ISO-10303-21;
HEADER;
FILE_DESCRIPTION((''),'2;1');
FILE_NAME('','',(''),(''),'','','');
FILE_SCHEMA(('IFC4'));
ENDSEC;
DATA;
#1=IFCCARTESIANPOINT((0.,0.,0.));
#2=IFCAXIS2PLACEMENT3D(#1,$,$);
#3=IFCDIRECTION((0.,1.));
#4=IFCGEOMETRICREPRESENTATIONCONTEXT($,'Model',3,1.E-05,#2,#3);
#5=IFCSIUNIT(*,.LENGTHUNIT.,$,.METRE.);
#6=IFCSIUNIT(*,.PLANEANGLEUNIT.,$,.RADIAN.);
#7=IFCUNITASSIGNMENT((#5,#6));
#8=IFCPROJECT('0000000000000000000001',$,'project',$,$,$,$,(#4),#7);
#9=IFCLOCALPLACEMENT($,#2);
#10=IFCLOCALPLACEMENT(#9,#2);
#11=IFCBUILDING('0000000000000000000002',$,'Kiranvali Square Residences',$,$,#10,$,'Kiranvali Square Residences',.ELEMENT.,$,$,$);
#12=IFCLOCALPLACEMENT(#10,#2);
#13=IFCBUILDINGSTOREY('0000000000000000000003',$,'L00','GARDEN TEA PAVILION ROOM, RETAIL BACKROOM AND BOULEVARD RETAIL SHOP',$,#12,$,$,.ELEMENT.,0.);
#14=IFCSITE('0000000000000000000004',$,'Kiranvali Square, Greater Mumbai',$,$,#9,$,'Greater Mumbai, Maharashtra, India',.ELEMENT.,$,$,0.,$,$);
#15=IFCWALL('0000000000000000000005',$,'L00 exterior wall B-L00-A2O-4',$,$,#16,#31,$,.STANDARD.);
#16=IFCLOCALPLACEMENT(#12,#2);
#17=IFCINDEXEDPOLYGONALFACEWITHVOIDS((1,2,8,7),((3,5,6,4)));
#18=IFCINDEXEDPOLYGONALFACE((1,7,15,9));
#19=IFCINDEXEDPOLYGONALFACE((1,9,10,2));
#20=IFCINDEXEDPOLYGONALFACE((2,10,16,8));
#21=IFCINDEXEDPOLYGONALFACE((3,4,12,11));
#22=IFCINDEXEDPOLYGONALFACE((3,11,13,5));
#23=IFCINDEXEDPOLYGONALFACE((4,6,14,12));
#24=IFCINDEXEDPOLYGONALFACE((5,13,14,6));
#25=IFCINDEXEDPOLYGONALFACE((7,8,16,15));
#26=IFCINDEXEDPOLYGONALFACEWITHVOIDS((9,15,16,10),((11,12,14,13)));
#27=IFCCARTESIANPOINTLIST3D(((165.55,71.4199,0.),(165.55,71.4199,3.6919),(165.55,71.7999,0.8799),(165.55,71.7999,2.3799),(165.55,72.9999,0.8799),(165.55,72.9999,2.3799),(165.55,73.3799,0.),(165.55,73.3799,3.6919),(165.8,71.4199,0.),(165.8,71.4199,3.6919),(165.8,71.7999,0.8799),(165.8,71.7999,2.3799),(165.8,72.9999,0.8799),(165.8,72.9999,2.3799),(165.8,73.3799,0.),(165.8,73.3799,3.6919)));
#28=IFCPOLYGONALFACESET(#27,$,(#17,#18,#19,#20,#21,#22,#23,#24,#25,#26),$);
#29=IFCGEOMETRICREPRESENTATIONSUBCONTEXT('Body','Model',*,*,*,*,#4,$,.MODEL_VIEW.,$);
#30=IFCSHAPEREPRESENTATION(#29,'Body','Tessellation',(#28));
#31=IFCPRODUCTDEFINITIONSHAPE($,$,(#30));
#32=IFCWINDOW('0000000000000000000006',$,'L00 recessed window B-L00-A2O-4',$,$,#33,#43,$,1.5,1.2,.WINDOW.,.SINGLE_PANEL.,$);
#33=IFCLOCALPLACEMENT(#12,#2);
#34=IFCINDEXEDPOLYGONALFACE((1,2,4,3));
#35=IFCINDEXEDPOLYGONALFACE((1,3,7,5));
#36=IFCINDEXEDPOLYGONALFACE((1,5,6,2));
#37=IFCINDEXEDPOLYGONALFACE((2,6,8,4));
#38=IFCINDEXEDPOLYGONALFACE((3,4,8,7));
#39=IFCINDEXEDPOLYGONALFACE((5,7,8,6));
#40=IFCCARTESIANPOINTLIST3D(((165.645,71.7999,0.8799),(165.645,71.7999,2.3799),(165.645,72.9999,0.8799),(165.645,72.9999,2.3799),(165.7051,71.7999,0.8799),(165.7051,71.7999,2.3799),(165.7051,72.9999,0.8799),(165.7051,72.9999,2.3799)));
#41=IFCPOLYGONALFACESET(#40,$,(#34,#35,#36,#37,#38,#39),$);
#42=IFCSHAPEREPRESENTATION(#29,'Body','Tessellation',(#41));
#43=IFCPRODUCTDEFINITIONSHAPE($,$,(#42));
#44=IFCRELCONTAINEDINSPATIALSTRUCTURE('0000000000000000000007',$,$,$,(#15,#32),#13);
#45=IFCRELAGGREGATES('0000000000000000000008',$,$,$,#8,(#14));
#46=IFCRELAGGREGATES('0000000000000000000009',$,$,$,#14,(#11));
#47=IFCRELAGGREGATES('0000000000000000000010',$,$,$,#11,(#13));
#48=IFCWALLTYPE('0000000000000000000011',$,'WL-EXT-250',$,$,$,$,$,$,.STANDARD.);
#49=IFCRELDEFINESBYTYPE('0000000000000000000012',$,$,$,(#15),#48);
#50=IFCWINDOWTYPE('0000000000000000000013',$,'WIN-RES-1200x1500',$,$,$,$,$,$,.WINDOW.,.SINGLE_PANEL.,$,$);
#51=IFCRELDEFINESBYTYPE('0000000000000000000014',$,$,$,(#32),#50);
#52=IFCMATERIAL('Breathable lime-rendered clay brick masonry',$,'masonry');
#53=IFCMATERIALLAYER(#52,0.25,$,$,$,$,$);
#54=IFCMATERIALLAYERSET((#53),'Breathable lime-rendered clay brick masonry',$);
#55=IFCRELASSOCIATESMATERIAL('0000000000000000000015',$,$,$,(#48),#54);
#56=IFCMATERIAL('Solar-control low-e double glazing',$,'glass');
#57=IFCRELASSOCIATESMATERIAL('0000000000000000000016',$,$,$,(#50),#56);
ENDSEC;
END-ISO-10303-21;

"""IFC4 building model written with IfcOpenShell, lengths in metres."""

from ifc_helpers import new_model, si_unit, direction, frame, frame_2d, origin, place, context, subcontext, project, spatial, rectangle, extrude, material, layer, layer_set, type_object, element, fill, save


model = new_model("IFC4")

# Units and contexts
model_context = context("Model", 3, precision=1e-05, world=origin(), true_north=direction((0.0, 1.0)))
body_context = subcontext(model_context, "Body", "Model", "MODEL_VIEW")
ifc_project = project(units=[si_unit("LENGTHUNIT", "METRE"), si_unit("PLANEANGLEUNIT", "RADIAN")], contexts=[model_context])

# Site, building, storey
site_placement = place(None, origin())
site = spatial("IfcSite", under=ifc_project, at=site_placement, Name="Kiranvali Square, Greater Mumbai", LongName="Greater Mumbai, Maharashtra, India", CompositionType="ELEMENT", RefElevation=0.0)
building_placement = place(site_placement, origin())
building = spatial("IfcBuilding", under=site, at=building_placement, Name="Kiranvali Square Residences", LongName="Kiranvali Square Residences", CompositionType="ELEMENT")
storey_placement = place(building_placement, origin())
storey = spatial("IfcBuildingStorey", under=building, at=storey_placement, Name="L00", Description="GARDEN TEA PAVILION ROOM, RETAIL BACKROOM AND BOULEVARD RETAIL SHOP", CompositionType="ELEMENT", Elevation=0.0)

# Wall, opening, window
ifc_material_1 = material(Name="Breathable lime-rendered clay brick masonry", Category="masonry")
ifc_layer = layer(ifc_material_1, 0.25)
ifc_layer_set = layer_set([ifc_layer], Name="Breathable lime-rendered clay brick masonry")
wall_type = type_object("IfcWallType", Name="WL-EXT-250", PredefinedType="STANDARD", material=ifc_layer_set)
wall_placement = place(storey_placement, frame((165.675, 73.3799, 0.0), z_axis=(0.0, 0.0, 1.0), x_axis=(0.0, -1.0, 0.0)))
wall = element("IfcWall", 1, at=wall_placement, inside=storey, type_object=wall_type, Name="L00 exterior wall B-L00-A2O-4", PredefinedType="STANDARD", context=body_context, shape_type="SweptSolid", body=[
    extrude(rectangle(XDim=1.96, YDim=0.25, at=frame_2d((0.98, 0.0))), origin(), (0.0, 0.0, 1.0), 3.6919),
])
opening_placement = place(wall_placement, frame((0.3799, 0.0, 0.8799)))
opening = element("IfcOpeningElement", 2, at=opening_placement, cuts=wall, PredefinedType="OPENING", context=body_context, shape_type="SweptSolid", body=[
    extrude(rectangle(XDim=1.2, YDim=1.5, at=frame_2d((0.6001, 0.75))), frame((0.0, 0.135, 0.0), z_axis=(0.0, -1.0, 0.0), x_axis=(1.0, 0.0, 0.0)), (0.0, 0.0, 1.0), 0.27),
])
ifc_material_2 = material(Name="Solar-control low-e double glazing", Category="glass")
window_type = type_object("IfcWindowType", Name="WIN-RES-1200x1500", PartitioningType="SINGLE_PANEL", PredefinedType="WINDOW", material=ifc_material_2)
window_placement = place(opening_placement, origin())
window = element("IfcWindow", 3, at=window_placement, inside=storey, type_object=window_type, Name="L00 recessed window B-L00-A2O-4", OverallHeight=1.5, OverallWidth=1.2, PartitioningType="SINGLE_PANEL", PredefinedType="WINDOW", context=body_context, shape_type="SweptSolid", body=[
    extrude(rectangle(XDim=1.2, YDim=1.5, at=frame_2d((0.6001, 0.75))), frame((0.0, 0.03, 0.0), z_axis=(0.0, -1.0, 0.0), x_axis=(1.0, 0.0, 0.0)), (0.0, 0.0, 1.0), 0.0601),
])
fill(opening, window)

save(model, "model.ifc")
